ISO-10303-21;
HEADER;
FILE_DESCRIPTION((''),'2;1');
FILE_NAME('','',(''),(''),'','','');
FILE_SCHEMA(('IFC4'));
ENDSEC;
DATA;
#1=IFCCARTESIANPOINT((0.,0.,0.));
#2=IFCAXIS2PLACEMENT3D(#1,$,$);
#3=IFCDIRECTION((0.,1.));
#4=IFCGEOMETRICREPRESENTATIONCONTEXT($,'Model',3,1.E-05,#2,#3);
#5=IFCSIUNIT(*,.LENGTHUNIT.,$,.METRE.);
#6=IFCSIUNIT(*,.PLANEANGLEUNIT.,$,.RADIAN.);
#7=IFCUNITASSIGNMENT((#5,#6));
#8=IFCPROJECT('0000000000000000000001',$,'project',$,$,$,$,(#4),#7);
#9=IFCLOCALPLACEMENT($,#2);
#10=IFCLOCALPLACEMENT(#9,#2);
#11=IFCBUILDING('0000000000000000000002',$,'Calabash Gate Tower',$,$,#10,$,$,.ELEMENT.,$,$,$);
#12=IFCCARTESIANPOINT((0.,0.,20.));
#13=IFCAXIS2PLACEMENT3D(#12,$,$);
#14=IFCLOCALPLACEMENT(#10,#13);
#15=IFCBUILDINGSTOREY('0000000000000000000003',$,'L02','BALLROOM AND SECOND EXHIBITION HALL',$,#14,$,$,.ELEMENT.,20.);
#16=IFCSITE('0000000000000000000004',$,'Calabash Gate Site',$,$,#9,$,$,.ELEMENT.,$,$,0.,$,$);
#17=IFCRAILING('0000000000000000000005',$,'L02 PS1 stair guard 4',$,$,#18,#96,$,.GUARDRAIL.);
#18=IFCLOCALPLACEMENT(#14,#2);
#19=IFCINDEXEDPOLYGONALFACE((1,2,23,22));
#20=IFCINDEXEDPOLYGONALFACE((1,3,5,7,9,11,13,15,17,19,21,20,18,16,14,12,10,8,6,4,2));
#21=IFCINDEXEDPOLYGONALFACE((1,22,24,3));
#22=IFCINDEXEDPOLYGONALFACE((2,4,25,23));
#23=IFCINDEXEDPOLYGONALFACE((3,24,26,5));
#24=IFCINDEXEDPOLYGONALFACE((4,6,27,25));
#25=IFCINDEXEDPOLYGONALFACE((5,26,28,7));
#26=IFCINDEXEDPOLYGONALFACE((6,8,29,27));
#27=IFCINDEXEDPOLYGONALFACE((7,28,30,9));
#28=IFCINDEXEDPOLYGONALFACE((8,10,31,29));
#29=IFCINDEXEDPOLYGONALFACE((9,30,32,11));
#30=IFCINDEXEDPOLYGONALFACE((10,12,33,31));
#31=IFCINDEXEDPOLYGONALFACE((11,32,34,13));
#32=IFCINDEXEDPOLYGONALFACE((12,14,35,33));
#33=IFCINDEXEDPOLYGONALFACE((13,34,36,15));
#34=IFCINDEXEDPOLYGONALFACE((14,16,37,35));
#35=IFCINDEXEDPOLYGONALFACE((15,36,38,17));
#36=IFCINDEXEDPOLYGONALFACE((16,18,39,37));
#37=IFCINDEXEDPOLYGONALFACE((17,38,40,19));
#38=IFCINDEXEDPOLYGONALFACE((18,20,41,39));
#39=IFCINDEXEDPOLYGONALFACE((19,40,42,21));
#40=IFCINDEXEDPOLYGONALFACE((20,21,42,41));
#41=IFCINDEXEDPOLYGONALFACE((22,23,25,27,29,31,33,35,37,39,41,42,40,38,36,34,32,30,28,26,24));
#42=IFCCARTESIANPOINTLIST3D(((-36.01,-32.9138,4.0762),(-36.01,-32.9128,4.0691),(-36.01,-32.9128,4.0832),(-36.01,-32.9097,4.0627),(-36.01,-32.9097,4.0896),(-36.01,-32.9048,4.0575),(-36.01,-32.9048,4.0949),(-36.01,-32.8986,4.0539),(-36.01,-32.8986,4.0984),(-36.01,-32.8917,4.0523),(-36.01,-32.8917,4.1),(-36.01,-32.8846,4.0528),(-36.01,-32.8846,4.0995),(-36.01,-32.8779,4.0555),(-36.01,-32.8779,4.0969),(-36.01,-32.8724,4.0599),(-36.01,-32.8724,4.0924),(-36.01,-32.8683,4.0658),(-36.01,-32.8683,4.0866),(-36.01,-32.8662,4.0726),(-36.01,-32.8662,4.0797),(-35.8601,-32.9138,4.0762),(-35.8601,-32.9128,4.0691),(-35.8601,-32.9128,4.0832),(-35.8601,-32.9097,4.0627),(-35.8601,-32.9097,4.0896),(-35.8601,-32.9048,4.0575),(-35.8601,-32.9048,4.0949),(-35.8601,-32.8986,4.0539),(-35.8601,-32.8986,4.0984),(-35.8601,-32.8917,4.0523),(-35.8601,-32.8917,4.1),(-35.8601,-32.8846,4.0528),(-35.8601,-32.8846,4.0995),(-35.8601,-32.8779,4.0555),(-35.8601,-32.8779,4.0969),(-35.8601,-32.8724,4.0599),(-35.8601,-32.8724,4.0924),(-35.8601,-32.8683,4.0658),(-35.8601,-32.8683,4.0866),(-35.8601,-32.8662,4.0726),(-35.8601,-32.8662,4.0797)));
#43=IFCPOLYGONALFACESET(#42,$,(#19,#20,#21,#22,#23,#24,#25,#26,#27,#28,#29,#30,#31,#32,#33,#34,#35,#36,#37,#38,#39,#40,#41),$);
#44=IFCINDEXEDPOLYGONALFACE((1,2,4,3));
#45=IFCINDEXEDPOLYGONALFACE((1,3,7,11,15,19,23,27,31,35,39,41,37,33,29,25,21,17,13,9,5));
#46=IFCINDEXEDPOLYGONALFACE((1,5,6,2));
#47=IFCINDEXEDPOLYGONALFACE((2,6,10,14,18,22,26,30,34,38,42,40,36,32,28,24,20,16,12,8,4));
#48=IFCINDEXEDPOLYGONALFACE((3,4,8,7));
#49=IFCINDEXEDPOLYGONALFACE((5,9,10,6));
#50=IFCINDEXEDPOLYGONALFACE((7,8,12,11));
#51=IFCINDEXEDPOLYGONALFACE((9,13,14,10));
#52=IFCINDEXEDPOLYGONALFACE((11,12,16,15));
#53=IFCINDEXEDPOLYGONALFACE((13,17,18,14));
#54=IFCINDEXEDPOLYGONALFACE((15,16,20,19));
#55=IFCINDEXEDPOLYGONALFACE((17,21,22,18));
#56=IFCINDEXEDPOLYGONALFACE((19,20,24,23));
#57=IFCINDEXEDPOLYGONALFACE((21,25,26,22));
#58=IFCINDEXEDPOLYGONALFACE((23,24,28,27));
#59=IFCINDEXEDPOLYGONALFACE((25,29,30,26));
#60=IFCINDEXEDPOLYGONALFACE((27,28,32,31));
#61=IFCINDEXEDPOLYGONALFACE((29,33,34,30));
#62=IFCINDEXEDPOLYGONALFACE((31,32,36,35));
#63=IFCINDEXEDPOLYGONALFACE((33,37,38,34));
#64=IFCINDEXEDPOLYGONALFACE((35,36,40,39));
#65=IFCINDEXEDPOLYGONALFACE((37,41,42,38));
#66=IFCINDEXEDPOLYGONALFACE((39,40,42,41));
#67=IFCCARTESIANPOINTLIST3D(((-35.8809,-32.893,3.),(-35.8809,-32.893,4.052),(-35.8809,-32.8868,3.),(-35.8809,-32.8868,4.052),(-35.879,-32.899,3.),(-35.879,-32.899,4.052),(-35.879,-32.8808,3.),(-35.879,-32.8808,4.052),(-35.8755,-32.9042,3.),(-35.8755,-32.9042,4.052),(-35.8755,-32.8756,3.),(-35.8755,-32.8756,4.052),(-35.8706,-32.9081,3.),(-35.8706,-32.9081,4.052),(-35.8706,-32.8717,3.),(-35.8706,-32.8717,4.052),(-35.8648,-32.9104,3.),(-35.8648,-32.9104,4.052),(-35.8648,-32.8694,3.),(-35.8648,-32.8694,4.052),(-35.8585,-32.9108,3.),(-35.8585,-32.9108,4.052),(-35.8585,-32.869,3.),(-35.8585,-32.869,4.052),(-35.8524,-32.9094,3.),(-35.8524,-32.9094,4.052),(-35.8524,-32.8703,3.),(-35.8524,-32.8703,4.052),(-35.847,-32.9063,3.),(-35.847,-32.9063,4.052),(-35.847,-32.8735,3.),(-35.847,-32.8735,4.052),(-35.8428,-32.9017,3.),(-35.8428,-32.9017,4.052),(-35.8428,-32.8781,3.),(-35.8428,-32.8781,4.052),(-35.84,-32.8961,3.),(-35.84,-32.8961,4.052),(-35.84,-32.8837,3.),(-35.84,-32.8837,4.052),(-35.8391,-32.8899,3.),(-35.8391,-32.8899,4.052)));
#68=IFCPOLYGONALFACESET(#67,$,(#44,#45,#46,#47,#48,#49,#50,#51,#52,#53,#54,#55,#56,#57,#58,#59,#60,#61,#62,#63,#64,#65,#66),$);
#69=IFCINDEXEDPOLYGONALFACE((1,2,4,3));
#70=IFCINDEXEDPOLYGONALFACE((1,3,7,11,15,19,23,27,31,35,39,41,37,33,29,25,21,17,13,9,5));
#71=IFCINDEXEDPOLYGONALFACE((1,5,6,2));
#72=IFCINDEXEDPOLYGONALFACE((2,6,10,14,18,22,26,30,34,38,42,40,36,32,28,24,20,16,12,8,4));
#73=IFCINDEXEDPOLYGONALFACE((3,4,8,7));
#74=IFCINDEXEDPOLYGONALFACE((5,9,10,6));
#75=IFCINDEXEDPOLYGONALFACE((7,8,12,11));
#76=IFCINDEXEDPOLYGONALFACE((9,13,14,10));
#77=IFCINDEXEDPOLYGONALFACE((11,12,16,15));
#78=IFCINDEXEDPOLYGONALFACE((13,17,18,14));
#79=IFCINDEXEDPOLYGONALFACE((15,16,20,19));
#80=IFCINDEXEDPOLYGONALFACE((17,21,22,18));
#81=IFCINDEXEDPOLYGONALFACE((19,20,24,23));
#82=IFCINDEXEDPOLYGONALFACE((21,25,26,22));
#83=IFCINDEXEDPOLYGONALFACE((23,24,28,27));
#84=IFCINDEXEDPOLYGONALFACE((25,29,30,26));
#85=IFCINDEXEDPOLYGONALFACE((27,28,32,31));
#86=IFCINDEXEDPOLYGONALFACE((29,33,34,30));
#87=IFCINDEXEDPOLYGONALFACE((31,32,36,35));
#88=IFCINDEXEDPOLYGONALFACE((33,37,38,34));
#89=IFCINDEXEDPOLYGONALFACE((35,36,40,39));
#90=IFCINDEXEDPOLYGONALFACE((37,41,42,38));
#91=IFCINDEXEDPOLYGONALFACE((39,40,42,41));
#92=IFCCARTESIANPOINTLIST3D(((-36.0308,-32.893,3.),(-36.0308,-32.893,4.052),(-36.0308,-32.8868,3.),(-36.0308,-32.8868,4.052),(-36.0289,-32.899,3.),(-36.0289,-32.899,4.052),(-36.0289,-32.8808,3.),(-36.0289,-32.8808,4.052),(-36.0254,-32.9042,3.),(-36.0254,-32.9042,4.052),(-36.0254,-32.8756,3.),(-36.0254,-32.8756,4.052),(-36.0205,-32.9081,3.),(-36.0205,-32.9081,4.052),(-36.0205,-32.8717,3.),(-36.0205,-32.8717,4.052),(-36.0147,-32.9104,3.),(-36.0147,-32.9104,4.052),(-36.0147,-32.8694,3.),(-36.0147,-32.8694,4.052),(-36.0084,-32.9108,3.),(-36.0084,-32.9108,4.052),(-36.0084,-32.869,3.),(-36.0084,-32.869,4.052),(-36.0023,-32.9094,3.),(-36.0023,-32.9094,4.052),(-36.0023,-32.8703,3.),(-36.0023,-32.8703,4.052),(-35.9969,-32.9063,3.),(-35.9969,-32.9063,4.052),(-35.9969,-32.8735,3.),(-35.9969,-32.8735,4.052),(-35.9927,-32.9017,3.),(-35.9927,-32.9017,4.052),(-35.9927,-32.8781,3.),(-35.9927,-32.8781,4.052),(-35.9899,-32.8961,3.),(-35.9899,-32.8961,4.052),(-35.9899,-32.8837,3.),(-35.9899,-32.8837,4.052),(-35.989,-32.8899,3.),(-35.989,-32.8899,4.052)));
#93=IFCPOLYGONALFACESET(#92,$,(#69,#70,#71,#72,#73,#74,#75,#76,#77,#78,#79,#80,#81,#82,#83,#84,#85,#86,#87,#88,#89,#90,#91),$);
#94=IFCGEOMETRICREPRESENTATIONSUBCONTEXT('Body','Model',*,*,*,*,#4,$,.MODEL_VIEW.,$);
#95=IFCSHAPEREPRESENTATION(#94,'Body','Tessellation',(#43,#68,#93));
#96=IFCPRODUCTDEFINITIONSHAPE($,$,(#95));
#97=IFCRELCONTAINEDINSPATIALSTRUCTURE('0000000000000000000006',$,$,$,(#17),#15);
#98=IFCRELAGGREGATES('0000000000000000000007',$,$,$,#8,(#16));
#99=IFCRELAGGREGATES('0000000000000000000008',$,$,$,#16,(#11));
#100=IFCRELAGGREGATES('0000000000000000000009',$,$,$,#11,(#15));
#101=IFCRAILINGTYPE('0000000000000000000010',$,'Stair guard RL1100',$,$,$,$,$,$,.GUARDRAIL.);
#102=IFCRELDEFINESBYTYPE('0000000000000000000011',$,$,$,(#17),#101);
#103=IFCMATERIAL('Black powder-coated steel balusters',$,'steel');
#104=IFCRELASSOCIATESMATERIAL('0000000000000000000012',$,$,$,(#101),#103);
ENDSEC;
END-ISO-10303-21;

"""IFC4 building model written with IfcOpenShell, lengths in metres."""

from ifc_helpers import new_model, si_unit, direction, frame, origin, origin_2d, place, context, subcontext, project, spatial, circle, extrude, material, type_object, element, save


model = new_model("IFC4")

# Units and contexts
model_context = context("Model", 3, precision=1e-05, world=origin(), true_north=direction((0.0, 1.0)))
body_context = subcontext(model_context, "Body", "Model", "MODEL_VIEW")
ifc_project = project(units=[si_unit("LENGTHUNIT", "METRE"), si_unit("PLANEANGLEUNIT", "RADIAN")], contexts=[model_context])

# Site, building, storey
site_placement = place(None, origin())
site = spatial("IfcSite", under=ifc_project, at=site_placement, Name="Calabash Gate Site", CompositionType="ELEMENT", RefElevation=0.0)
building_placement = place(site_placement, origin())
building = spatial("IfcBuilding", under=site, at=building_placement, Name="Calabash Gate Tower", CompositionType="ELEMENT")
storey_placement = place(building_placement, frame((0.0, 0.0, 20.0)))
storey = spatial("IfcBuildingStorey", under=building, at=storey_placement, Name="L02", Description="BALLROOM AND SECOND EXHIBITION HALL", CompositionType="ELEMENT", Elevation=20.0)

# Railing
ifc_material_1 = material(Name="Black powder-coated steel balusters", Category="steel")
railing_type = type_object("IfcRailingType", Name="Stair guard RL1100", PredefinedType="GUARDRAIL", material=ifc_material_1)
railing_1_placement = place(storey_placement, frame((-35.8601, -32.8899, 3.0)))
element("IfcRailing", 1, at=railing_1_placement, inside=storey, type_object=railing_type, Name="L02 PS1 stair guard 4", PredefinedType="GUARDRAIL", context=body_context, shape_type="SweptSolid", body=[
    extrude(circle(Radius=0.0239, at=origin_2d()), frame((0.0, 0.0, 1.0762), z_axis=(-1.0, 0.0, 0.0), x_axis=(0.0, -1.0, 0.0)), (0.0, 0.0, 1.0), 0.1499),
    extrude(circle(Radius=0.021, at=origin_2d()), origin(), (0.0, 0.0, 1.0), 1.052),
    extrude(circle(Radius=0.021, at=origin_2d()), frame((-0.1499, 0.0, 0.0)), (0.0, 0.0, 1.0), 1.052),
])

save(model, "model.ifc")
